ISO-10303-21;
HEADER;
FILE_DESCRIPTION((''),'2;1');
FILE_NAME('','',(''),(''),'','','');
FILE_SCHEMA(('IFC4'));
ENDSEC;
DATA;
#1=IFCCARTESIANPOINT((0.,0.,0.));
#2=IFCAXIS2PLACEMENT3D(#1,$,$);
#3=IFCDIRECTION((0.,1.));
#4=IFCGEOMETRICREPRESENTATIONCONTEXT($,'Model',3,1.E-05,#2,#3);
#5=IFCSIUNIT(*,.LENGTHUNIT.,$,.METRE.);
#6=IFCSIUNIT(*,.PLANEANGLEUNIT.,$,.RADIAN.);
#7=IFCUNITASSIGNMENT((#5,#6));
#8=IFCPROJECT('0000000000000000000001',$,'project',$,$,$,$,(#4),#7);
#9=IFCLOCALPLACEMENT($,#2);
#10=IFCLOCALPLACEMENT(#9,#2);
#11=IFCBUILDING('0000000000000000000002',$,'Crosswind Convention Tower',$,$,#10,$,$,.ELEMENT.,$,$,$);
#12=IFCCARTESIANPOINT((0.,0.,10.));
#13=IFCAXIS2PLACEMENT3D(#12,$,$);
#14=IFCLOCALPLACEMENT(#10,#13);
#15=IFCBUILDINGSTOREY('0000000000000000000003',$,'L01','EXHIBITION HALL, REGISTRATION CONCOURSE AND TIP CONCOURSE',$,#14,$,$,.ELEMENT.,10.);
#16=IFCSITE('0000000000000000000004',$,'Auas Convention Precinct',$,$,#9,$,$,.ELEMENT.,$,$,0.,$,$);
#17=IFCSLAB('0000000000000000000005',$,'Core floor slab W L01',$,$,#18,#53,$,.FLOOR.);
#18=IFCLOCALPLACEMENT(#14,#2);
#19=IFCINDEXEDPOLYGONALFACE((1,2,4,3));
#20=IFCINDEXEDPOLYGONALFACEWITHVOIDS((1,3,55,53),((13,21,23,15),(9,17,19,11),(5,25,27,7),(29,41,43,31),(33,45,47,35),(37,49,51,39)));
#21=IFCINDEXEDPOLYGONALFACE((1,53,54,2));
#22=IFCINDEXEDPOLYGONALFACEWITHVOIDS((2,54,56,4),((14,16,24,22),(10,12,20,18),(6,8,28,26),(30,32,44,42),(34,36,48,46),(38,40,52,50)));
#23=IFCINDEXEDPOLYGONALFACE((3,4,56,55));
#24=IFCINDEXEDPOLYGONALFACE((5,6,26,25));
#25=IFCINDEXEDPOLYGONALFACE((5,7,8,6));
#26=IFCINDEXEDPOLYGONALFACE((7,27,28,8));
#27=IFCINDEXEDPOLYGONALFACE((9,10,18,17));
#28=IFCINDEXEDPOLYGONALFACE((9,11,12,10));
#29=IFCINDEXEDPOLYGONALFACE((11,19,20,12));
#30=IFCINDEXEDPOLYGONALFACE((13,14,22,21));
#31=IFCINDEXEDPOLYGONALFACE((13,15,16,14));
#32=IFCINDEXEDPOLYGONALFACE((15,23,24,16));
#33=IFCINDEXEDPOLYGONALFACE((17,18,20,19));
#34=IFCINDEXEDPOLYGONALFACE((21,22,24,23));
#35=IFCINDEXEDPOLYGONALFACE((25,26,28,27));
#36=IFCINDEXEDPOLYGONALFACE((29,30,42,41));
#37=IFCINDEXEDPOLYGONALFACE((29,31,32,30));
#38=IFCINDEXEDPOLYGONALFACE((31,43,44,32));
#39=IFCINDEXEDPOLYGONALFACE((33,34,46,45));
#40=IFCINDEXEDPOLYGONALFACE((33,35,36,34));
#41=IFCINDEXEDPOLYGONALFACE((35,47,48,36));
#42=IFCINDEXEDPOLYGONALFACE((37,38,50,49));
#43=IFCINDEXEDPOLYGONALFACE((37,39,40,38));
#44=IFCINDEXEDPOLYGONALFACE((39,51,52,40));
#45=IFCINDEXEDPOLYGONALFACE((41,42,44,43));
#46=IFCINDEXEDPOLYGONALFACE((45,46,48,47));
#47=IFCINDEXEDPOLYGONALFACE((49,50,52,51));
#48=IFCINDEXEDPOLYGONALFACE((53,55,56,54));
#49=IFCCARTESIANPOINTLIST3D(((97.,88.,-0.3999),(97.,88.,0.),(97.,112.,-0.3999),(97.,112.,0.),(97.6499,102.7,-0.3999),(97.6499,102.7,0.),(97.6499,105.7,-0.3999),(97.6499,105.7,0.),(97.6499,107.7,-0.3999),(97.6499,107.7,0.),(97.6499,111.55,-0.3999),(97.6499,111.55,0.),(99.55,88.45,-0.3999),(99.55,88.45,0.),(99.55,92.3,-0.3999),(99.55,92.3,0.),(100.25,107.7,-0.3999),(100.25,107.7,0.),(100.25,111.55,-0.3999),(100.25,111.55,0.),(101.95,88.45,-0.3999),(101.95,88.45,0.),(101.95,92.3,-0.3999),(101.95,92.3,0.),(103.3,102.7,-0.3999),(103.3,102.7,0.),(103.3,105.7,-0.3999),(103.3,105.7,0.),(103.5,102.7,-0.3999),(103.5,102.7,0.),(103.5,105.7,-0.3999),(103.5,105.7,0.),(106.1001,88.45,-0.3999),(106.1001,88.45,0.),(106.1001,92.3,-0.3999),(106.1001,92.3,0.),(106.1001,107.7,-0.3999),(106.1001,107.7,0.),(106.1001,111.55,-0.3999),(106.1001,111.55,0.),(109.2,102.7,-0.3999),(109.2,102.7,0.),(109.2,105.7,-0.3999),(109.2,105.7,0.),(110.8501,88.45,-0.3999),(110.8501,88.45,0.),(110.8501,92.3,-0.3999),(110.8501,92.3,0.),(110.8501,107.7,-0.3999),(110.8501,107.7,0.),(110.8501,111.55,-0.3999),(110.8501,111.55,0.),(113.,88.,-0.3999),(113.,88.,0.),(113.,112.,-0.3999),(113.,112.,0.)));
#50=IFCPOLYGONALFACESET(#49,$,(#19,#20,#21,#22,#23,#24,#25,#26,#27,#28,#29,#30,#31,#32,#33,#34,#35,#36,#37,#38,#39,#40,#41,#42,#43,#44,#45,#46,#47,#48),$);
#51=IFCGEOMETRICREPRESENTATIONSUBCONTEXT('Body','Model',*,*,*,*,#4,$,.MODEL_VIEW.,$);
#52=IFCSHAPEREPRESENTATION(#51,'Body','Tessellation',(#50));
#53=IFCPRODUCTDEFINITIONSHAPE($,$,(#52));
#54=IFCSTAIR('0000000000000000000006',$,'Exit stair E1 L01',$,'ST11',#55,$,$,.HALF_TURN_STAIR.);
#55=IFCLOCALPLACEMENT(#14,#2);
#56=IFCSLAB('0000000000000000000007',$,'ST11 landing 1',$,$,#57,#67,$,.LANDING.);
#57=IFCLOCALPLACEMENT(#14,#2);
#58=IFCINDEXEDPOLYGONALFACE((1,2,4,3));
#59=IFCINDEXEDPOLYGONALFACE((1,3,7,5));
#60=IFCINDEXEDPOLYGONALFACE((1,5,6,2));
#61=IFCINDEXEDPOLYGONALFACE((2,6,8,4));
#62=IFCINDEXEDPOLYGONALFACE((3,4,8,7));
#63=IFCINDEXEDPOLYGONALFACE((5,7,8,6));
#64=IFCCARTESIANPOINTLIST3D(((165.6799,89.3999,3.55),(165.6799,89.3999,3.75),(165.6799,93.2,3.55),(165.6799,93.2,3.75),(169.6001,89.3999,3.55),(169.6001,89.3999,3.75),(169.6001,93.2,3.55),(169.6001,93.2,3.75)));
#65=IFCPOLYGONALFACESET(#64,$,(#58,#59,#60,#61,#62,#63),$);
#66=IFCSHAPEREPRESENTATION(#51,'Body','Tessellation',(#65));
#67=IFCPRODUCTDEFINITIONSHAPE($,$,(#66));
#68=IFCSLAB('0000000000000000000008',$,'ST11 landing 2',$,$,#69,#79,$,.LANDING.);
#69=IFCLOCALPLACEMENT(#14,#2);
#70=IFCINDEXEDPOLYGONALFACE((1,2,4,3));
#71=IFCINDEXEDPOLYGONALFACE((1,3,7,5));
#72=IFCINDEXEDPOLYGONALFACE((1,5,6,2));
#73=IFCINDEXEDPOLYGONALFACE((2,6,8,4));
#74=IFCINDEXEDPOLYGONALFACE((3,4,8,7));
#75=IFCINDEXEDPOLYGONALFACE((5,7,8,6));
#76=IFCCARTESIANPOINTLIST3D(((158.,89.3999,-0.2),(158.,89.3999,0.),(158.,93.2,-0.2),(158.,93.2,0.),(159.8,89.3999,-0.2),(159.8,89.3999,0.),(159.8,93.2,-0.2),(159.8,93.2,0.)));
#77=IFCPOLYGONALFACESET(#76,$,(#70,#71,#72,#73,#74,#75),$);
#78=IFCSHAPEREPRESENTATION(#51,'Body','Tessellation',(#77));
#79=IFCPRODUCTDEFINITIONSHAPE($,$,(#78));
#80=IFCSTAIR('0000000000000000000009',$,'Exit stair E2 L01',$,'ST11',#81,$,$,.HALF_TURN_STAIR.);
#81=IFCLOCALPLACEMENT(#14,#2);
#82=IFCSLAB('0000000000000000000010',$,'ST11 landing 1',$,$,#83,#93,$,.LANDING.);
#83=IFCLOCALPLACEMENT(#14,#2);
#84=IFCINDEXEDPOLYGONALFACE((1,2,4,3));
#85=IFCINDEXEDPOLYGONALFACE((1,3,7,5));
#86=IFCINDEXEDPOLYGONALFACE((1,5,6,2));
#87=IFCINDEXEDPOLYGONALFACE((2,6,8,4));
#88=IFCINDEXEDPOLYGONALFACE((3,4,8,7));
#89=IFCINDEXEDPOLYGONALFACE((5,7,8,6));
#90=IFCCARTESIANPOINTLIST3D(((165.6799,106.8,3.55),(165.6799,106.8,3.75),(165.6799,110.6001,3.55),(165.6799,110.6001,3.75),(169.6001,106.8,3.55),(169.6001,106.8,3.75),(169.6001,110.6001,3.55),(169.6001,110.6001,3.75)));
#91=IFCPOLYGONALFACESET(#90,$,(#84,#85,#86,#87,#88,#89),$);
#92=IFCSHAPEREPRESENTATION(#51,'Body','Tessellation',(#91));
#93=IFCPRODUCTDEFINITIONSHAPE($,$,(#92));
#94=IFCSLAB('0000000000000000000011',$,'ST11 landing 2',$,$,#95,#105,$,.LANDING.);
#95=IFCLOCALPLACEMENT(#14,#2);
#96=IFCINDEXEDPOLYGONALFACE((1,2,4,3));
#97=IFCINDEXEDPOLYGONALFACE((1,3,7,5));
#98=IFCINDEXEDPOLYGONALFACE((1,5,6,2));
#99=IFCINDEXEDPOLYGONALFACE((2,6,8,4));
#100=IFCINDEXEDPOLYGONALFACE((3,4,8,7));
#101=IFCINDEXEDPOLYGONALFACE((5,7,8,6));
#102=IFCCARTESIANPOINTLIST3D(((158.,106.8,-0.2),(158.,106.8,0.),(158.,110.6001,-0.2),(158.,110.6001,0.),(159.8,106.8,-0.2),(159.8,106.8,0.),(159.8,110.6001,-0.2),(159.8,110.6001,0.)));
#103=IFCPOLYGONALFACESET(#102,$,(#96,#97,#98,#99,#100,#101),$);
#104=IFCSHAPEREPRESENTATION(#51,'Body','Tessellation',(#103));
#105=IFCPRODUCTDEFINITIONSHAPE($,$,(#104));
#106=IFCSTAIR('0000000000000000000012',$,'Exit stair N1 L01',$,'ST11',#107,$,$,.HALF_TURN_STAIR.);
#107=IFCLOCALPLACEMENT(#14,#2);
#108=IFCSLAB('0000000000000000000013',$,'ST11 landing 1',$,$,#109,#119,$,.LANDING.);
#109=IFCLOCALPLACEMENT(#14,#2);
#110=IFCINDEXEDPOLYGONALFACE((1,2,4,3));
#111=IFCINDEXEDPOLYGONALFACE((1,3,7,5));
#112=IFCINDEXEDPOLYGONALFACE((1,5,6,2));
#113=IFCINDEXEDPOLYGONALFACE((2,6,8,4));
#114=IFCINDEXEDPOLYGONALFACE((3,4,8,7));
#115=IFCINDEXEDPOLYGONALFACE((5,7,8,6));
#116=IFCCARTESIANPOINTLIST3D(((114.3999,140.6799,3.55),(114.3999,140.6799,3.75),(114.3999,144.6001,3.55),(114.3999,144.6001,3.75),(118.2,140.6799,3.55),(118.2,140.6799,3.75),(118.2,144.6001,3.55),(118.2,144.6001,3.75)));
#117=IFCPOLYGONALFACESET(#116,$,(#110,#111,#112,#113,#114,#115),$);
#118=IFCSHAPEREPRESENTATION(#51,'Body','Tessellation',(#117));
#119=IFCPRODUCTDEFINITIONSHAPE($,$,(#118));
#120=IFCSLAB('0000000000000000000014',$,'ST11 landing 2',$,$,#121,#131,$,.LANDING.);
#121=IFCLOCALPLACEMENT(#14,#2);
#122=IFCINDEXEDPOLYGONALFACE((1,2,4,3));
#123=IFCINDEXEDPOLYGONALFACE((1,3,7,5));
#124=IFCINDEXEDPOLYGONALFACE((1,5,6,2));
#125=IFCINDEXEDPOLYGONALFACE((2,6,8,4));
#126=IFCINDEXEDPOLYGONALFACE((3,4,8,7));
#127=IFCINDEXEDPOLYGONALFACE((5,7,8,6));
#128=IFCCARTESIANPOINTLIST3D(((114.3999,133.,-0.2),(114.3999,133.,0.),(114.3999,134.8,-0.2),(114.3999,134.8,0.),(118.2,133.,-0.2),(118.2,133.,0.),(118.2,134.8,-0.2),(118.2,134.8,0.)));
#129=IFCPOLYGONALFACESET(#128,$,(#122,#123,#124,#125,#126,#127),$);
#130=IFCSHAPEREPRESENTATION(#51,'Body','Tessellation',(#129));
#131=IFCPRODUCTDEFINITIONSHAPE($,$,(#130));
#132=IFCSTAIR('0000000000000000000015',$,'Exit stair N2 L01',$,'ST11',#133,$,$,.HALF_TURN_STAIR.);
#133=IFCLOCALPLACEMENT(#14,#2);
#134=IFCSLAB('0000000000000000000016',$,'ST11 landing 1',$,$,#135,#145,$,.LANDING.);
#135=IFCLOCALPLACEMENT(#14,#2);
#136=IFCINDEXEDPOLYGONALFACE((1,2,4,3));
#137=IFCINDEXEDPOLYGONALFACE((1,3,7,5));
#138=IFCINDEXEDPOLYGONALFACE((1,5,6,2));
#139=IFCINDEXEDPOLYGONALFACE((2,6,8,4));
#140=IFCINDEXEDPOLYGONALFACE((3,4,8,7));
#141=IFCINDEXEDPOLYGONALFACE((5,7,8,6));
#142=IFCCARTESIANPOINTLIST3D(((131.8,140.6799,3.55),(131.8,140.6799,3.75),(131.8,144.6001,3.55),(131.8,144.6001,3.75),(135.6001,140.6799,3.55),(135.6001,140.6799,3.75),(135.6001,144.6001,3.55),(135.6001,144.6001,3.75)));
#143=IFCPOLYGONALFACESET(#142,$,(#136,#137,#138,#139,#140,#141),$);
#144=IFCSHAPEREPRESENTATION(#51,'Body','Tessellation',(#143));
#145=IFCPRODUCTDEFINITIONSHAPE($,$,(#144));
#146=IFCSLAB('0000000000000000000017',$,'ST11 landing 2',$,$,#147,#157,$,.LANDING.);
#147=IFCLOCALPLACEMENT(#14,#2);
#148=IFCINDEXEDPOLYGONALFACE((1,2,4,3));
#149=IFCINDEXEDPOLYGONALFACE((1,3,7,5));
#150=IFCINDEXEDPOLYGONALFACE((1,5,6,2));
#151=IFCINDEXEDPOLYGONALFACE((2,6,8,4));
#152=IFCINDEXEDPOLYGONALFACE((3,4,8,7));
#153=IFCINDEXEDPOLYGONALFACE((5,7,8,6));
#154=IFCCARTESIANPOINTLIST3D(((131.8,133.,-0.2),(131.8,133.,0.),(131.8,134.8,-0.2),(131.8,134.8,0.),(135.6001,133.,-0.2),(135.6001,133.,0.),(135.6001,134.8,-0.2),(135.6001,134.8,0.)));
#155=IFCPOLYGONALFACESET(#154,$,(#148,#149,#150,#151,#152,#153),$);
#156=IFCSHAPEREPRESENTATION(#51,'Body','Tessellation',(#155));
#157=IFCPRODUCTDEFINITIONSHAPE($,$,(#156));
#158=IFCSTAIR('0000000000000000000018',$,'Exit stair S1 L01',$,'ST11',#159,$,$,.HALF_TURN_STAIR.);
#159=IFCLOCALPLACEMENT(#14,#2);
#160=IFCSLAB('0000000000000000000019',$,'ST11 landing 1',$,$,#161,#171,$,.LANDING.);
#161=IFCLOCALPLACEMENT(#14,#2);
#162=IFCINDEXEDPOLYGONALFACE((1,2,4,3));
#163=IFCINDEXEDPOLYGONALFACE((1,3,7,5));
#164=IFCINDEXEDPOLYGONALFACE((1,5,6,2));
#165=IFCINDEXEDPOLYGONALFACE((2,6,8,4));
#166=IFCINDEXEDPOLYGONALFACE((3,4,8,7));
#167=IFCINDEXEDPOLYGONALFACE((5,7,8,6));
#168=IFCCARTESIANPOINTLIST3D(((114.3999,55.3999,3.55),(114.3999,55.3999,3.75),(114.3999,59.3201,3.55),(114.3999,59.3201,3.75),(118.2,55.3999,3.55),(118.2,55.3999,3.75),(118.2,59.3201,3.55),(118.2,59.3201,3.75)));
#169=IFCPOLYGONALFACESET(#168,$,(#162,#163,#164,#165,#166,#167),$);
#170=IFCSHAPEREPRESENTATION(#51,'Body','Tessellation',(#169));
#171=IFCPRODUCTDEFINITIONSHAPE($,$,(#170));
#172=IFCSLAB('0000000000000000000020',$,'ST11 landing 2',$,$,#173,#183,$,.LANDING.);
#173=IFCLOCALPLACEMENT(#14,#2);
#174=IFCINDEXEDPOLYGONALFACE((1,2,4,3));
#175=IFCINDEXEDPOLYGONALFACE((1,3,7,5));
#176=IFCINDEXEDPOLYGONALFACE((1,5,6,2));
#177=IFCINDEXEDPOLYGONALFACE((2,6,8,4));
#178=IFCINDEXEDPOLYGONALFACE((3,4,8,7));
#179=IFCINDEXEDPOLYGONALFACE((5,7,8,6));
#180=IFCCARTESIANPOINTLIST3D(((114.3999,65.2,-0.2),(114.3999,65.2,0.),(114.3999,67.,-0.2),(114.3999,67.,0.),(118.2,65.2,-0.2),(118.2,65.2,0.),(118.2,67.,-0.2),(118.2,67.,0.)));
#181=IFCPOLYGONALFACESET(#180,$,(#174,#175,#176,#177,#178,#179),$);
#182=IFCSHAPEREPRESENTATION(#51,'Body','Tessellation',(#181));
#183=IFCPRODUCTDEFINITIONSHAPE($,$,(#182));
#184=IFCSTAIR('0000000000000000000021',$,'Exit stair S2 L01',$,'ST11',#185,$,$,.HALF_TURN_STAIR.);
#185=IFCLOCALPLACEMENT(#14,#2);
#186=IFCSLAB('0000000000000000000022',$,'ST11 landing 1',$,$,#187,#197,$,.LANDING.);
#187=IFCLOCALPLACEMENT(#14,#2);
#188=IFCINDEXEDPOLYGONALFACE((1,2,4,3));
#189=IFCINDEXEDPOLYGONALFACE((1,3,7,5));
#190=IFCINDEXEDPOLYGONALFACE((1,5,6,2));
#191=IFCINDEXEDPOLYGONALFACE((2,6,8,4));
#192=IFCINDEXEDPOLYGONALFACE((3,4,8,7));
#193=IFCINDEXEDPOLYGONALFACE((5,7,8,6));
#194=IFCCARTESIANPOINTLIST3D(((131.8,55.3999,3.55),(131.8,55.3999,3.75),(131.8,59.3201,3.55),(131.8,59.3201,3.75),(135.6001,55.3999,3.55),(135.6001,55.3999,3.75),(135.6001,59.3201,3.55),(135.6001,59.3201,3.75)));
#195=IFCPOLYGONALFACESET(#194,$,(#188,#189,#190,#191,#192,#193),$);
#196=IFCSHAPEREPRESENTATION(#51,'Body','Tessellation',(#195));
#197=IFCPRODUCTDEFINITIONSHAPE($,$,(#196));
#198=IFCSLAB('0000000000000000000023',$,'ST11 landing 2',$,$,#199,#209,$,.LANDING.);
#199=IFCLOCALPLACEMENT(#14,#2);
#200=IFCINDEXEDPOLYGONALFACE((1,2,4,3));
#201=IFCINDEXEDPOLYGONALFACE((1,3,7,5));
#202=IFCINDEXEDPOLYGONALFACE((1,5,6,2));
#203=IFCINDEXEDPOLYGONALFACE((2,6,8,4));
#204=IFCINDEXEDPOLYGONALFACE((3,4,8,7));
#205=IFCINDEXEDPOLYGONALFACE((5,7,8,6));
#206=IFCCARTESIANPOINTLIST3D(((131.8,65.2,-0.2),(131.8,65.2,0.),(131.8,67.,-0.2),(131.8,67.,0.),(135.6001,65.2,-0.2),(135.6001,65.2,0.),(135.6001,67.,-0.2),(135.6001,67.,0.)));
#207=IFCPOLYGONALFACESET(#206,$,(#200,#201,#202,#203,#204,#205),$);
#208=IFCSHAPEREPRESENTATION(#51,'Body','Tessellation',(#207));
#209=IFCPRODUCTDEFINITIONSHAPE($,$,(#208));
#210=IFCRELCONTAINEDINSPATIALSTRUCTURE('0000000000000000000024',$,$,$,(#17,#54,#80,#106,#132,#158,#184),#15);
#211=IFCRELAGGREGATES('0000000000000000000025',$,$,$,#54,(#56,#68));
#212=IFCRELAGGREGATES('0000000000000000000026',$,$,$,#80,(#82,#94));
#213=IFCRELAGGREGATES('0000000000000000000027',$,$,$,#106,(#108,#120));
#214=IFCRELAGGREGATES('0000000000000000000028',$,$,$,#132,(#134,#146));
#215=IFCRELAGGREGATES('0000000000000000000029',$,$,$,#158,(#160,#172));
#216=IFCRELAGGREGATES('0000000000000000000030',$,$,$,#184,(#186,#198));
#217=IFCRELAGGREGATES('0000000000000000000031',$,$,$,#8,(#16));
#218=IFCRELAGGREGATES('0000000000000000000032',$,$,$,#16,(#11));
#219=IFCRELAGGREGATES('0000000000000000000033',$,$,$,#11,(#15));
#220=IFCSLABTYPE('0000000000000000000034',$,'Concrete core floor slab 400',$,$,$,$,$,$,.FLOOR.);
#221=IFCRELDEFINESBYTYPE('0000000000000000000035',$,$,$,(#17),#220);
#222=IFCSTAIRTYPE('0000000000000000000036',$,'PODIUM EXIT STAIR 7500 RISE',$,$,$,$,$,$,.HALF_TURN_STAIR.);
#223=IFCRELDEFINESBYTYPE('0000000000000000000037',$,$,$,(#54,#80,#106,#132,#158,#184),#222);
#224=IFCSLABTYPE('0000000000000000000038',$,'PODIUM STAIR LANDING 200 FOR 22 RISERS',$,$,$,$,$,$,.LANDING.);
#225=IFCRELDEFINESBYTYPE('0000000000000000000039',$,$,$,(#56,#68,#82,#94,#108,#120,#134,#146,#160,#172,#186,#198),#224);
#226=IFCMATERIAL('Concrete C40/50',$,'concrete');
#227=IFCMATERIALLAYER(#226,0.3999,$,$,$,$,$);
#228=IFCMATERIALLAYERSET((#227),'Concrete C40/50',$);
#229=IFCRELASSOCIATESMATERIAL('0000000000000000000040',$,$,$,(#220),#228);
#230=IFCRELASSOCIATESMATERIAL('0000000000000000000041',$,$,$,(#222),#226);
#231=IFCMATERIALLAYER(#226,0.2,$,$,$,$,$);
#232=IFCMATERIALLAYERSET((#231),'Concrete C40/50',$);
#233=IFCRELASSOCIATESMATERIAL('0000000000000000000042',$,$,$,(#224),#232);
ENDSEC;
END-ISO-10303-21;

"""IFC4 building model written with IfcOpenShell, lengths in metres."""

from ifc_helpers import new_model, si_unit, direction, frame, origin, place, context, subcontext, project, spatial, polyline, outline, extrude, material, layer, layer_set, type_object, element, aggregate, save


model = new_model("IFC4")

# Units and contexts
model_context = context("Model", 3, precision=1e-05, world=origin(), true_north=direction((0.0, 1.0)))
body_context = subcontext(model_context, "Body", "Model", "MODEL_VIEW")
ifc_project = project(units=[si_unit("LENGTHUNIT", "METRE"), si_unit("PLANEANGLEUNIT", "RADIAN")], contexts=[model_context])

# Site, building, storey
site_placement = place(None, origin())
site = spatial("IfcSite", under=ifc_project, at=site_placement, Name="Auas Convention Precinct", CompositionType="ELEMENT", RefElevation=0.0)
building_placement = place(site_placement, origin())
building = spatial("IfcBuilding", under=site, at=building_placement, Name="Crosswind Convention Tower", CompositionType="ELEMENT")
storey_placement = place(building_placement, frame((0.0, 0.0, 10.0)))
storey = spatial("IfcBuildingStorey", under=building, at=storey_placement, Name="L01", Description="EXHIBITION HALL, REGISTRATION CONCOURSE AND TIP CONCOURSE", CompositionType="ELEMENT", Elevation=10.0)

# Slab
ifc_material_1 = material(Name="Concrete C40/50", Category="concrete")
ifc_layer_1 = layer(ifc_material_1, 0.3999)
ifc_layer_set_1 = layer_set([ifc_layer_1], Name="Concrete C40/50")
slab_type_1 = type_object("IfcSlabType", Name="Concrete core floor slab 400", PredefinedType="FLOOR", material=ifc_layer_set_1)
slab_1_placement = place(storey_placement, frame((0.0, 0.0, -0.3999)))
element("IfcSlab", 1, at=slab_1_placement, inside=storey, type_object=slab_type_1, Name="Core floor slab W L01", PredefinedType="FLOOR", context=body_context, shape_type="SweptSolid", body=[
    extrude(outline(polyline([(97.0, 88.0), (113.0, 88.0), (113.0, 112.0), (97.0, 112.0), (97.0, 88.0)]), holes=[polyline([(109.2, 102.7), (109.2, 105.7), (103.5, 105.7), (103.5, 102.7), (109.2, 102.7)]), polyline([(103.3, 102.7), (103.3, 105.7), (97.6499, 105.7), (97.6499, 102.7), (103.3, 102.7)]), polyline([(101.95, 88.45), (101.95, 92.3), (99.55, 92.3), (99.55, 88.45), (101.95, 88.45)]), polyline([(100.25, 107.7), (100.25, 111.55), (97.6499, 111.55), (97.6499, 107.7), (100.25, 107.7)]), polyline([(110.8501, 88.45), (110.8501, 92.3), (106.1001, 92.3), (106.1001, 88.45), (110.8501, 88.45)]), polyline([(110.8501, 107.7), (110.8501, 111.55), (106.1001, 111.55), (106.1001, 107.7), (110.8501, 107.7)])]), origin(), (0.0, 0.0, 1.0), 0.3999),
])

# Stairs, slabs
stair_type_1 = type_object("IfcStairType", Name="PODIUM EXIT STAIR 7500 RISE", PredefinedType="HALF_TURN_STAIR", material=ifc_material_1)
stair_1_placement = place(storey_placement, origin())
stair_1 = element("IfcStair", 2, at=stair_1_placement, inside=storey, type_object=stair_type_1, Name="Exit stair E1 L01", ObjectType="ST11", PredefinedType="HALF_TURN_STAIR")
ifc_layer_2 = layer(ifc_material_1, 0.2)
ifc_layer_set_2 = layer_set([ifc_layer_2], Name="Concrete C40/50")
slab_type_2 = type_object("IfcSlabType", Name="PODIUM STAIR LANDING 200 FOR 22 RISERS", PredefinedType="LANDING", material=ifc_layer_set_2)
slab_2_placement = place(storey_placement, frame((0.0, 0.0, 3.55)))
slab_2 = element("IfcSlab", 3, at=slab_2_placement, type_object=slab_type_2, Name="ST11 landing 1", PredefinedType="LANDING", context=body_context, shape_type="SweptSolid", body=[
    extrude(outline(polyline([(165.6799, 89.3999), (169.6001, 89.3999), (169.6001, 93.2), (165.6799, 93.2), (165.6799, 89.3999)])), origin(), (0.0, 0.0, 1.0), 0.2),
])
slab_3_placement = place(storey_placement, frame((0.0, 0.0, -0.2)))
slab_3 = element("IfcSlab", 4, at=slab_3_placement, type_object=slab_type_2, Name="ST11 landing 2", PredefinedType="LANDING", context=body_context, shape_type="SweptSolid", body=[
    extrude(outline(polyline([(158.0, 89.3999), (159.8, 89.3999), (159.8, 93.2), (158.0, 93.2), (158.0, 89.3999)])), origin(), (0.0, 0.0, 1.0), 0.2),
])
aggregate(stair_1, [slab_2, slab_3])
stair_2_placement = place(storey_placement, origin())
stair_2 = element("IfcStair", 5, at=stair_2_placement, inside=storey, type_object=stair_type_1, Name="Exit stair E2 L01", ObjectType="ST11", PredefinedType="HALF_TURN_STAIR")
slab_4_placement = place(storey_placement, frame((0.0, 0.0, 3.55)))
slab_4 = element("IfcSlab", 6, at=slab_4_placement, type_object=slab_type_2, Name="ST11 landing 1", PredefinedType="LANDING", context=body_context, shape_type="SweptSolid", body=[
    extrude(outline(polyline([(165.6799, 106.8), (169.6001, 106.8), (169.6001, 110.6001), (165.6799, 110.6001), (165.6799, 106.8)])), origin(), (0.0, 0.0, 1.0), 0.2),
])
slab_5_placement = place(storey_placement, frame((0.0, 0.0, -0.2)))
slab_5 = element("IfcSlab", 7, at=slab_5_placement, type_object=slab_type_2, Name="ST11 landing 2", PredefinedType="LANDING", context=body_context, shape_type="SweptSolid", body=[
    extrude(outline(polyline([(158.0, 106.8), (159.8, 106.8), (159.8, 110.6001), (158.0, 110.6001), (158.0, 106.8)])), origin(), (0.0, 0.0, 1.0), 0.2),
])
aggregate(stair_2, [slab_4, slab_5])
stair_3_placement = place(storey_placement, origin())
stair_3 = element("IfcStair", 8, at=stair_3_placement, inside=storey, type_object=stair_type_1, Name="Exit stair N1 L01", ObjectType="ST11", PredefinedType="HALF_TURN_STAIR")
slab_6_placement = place(storey_placement, frame((0.0, 0.0, 3.55)))
slab_6 = element("IfcSlab", 9, at=slab_6_placement, type_object=slab_type_2, Name="ST11 landing 1", PredefinedType="LANDING", context=body_context, shape_type="SweptSolid", body=[
    extrude(outline(polyline([(118.2, 140.6799), (118.2, 144.6001), (114.3999, 144.6001), (114.3999, 140.6799), (118.2, 140.6799)])), origin(), (0.0, 0.0, 1.0), 0.2),
])
slab_7_placement = place(storey_placement, frame((0.0, 0.0, -0.2)))
slab_7 = element("IfcSlab", 10, at=slab_7_placement, type_object=slab_type_2, Name="ST11 landing 2", PredefinedType="LANDING", context=body_context, shape_type="SweptSolid", body=[
    extrude(outline(polyline([(118.2, 133.0), (118.2, 134.8), (114.3999, 134.8), (114.3999, 133.0), (118.2, 133.0)])), origin(), (0.0, 0.0, 1.0), 0.2),
])
aggregate(stair_3, [slab_6, slab_7])
stair_4_placement = place(storey_placement, origin())
stair_4 = element("IfcStair", 11, at=stair_4_placement, inside=storey, type_object=stair_type_1, Name="Exit stair N2 L01", ObjectType="ST11", PredefinedType="HALF_TURN_STAIR")
slab_8_placement = place(storey_placement, frame((0.0, 0.0, 3.55)))
slab_8 = element("IfcSlab", 12, at=slab_8_placement, type_object=slab_type_2, Name="ST11 landing 1", PredefinedType="LANDING", context=body_context, shape_type="SweptSolid", body=[
    extrude(outline(polyline([(135.6001, 140.6799), (135.6001, 144.6001), (131.8, 144.6001), (131.8, 140.6799), (135.6001, 140.6799)])), origin(), (0.0, 0.0, 1.0), 0.2),
])
slab_9_placement = place(storey_placement, frame((0.0, 0.0, -0.2)))
slab_9 = element("IfcSlab", 13, at=slab_9_placement, type_object=slab_type_2, Name="ST11 landing 2", PredefinedType="LANDING", context=body_context, shape_type="SweptSolid", body=[
    extrude(outline(polyline([(135.6001, 133.0), (135.6001, 134.8), (131.8, 134.8), (131.8, 133.0), (135.6001, 133.0)])), origin(), (0.0, 0.0, 1.0), 0.2),
])
aggregate(stair_4, [slab_8, slab_9])
stair_5_placement = place(storey_placement, origin())
stair_5 = element("IfcStair", 14, at=stair_5_placement, inside=storey, type_object=stair_type_1, Name="Exit stair S1 L01", ObjectType="ST11", PredefinedType="HALF_TURN_STAIR")
slab_10_placement = place(storey_placement, frame((0.0, 0.0, 3.55)))
slab_10 = element("IfcSlab", 15, at=slab_10_placement, type_object=slab_type_2, Name="ST11 landing 1", PredefinedType="LANDING", context=body_context, shape_type="SweptSolid", body=[
    extrude(outline(polyline([(114.3999, 59.3201), (114.3999, 55.3999), (118.2, 55.3999), (118.2, 59.3201), (114.3999, 59.3201)])), origin(), (0.0, 0.0, 1.0), 0.2),
])
slab_11_placement = place(storey_placement, frame((0.0, 0.0, -0.2)))
slab_11 = element("IfcSlab", 16, at=slab_11_placement, type_object=slab_type_2, Name="ST11 landing 2", PredefinedType="LANDING", context=body_context, shape_type="SweptSolid", body=[
    extrude(outline(polyline([(114.3999, 67.0), (114.3999, 65.2), (118.2, 65.2), (118.2, 67.0), (114.3999, 67.0)])), origin(), (0.0, 0.0, 1.0), 0.2),
])
aggregate(stair_5, [slab_10, slab_11])
stair_6_placement = place(storey_placement, origin())
stair_6 = element("IfcStair", 17, at=stair_6_placement, inside=storey, type_object=stair_type_1, Name="Exit stair S2 L01", ObjectType="ST11", PredefinedType="HALF_TURN_STAIR")
slab_12_placement = place(storey_placement, frame((0.0, 0.0, 3.55)))
slab_12 = element("IfcSlab", 18, at=slab_12_placement, type_object=slab_type_2, Name="ST11 landing 1", PredefinedType="LANDING", context=body_context, shape_type="SweptSolid", body=[
    extrude(outline(polyline([(131.8, 59.3201), (131.8, 55.3999), (135.6001, 55.3999), (135.6001, 59.3201), (131.8, 59.3201)])), origin(), (0.0, 0.0, 1.0), 0.2),
])
slab_13_placement = place(storey_placement, frame((0.0, 0.0, -0.2)))
slab_13 = element("IfcSlab", 19, at=slab_13_placement, type_object=slab_type_2, Name="ST11 landing 2", PredefinedType="LANDING", context=body_context, shape_type="SweptSolid", body=[
    extrude(outline(polyline([(131.8, 67.0), (131.8, 65.2), (135.6001, 65.2), (135.6001, 67.0), (131.8, 67.0)])), origin(), (0.0, 0.0, 1.0), 0.2),
])
aggregate(stair_6, [slab_12, slab_13])

save(model, "model.ifc")
